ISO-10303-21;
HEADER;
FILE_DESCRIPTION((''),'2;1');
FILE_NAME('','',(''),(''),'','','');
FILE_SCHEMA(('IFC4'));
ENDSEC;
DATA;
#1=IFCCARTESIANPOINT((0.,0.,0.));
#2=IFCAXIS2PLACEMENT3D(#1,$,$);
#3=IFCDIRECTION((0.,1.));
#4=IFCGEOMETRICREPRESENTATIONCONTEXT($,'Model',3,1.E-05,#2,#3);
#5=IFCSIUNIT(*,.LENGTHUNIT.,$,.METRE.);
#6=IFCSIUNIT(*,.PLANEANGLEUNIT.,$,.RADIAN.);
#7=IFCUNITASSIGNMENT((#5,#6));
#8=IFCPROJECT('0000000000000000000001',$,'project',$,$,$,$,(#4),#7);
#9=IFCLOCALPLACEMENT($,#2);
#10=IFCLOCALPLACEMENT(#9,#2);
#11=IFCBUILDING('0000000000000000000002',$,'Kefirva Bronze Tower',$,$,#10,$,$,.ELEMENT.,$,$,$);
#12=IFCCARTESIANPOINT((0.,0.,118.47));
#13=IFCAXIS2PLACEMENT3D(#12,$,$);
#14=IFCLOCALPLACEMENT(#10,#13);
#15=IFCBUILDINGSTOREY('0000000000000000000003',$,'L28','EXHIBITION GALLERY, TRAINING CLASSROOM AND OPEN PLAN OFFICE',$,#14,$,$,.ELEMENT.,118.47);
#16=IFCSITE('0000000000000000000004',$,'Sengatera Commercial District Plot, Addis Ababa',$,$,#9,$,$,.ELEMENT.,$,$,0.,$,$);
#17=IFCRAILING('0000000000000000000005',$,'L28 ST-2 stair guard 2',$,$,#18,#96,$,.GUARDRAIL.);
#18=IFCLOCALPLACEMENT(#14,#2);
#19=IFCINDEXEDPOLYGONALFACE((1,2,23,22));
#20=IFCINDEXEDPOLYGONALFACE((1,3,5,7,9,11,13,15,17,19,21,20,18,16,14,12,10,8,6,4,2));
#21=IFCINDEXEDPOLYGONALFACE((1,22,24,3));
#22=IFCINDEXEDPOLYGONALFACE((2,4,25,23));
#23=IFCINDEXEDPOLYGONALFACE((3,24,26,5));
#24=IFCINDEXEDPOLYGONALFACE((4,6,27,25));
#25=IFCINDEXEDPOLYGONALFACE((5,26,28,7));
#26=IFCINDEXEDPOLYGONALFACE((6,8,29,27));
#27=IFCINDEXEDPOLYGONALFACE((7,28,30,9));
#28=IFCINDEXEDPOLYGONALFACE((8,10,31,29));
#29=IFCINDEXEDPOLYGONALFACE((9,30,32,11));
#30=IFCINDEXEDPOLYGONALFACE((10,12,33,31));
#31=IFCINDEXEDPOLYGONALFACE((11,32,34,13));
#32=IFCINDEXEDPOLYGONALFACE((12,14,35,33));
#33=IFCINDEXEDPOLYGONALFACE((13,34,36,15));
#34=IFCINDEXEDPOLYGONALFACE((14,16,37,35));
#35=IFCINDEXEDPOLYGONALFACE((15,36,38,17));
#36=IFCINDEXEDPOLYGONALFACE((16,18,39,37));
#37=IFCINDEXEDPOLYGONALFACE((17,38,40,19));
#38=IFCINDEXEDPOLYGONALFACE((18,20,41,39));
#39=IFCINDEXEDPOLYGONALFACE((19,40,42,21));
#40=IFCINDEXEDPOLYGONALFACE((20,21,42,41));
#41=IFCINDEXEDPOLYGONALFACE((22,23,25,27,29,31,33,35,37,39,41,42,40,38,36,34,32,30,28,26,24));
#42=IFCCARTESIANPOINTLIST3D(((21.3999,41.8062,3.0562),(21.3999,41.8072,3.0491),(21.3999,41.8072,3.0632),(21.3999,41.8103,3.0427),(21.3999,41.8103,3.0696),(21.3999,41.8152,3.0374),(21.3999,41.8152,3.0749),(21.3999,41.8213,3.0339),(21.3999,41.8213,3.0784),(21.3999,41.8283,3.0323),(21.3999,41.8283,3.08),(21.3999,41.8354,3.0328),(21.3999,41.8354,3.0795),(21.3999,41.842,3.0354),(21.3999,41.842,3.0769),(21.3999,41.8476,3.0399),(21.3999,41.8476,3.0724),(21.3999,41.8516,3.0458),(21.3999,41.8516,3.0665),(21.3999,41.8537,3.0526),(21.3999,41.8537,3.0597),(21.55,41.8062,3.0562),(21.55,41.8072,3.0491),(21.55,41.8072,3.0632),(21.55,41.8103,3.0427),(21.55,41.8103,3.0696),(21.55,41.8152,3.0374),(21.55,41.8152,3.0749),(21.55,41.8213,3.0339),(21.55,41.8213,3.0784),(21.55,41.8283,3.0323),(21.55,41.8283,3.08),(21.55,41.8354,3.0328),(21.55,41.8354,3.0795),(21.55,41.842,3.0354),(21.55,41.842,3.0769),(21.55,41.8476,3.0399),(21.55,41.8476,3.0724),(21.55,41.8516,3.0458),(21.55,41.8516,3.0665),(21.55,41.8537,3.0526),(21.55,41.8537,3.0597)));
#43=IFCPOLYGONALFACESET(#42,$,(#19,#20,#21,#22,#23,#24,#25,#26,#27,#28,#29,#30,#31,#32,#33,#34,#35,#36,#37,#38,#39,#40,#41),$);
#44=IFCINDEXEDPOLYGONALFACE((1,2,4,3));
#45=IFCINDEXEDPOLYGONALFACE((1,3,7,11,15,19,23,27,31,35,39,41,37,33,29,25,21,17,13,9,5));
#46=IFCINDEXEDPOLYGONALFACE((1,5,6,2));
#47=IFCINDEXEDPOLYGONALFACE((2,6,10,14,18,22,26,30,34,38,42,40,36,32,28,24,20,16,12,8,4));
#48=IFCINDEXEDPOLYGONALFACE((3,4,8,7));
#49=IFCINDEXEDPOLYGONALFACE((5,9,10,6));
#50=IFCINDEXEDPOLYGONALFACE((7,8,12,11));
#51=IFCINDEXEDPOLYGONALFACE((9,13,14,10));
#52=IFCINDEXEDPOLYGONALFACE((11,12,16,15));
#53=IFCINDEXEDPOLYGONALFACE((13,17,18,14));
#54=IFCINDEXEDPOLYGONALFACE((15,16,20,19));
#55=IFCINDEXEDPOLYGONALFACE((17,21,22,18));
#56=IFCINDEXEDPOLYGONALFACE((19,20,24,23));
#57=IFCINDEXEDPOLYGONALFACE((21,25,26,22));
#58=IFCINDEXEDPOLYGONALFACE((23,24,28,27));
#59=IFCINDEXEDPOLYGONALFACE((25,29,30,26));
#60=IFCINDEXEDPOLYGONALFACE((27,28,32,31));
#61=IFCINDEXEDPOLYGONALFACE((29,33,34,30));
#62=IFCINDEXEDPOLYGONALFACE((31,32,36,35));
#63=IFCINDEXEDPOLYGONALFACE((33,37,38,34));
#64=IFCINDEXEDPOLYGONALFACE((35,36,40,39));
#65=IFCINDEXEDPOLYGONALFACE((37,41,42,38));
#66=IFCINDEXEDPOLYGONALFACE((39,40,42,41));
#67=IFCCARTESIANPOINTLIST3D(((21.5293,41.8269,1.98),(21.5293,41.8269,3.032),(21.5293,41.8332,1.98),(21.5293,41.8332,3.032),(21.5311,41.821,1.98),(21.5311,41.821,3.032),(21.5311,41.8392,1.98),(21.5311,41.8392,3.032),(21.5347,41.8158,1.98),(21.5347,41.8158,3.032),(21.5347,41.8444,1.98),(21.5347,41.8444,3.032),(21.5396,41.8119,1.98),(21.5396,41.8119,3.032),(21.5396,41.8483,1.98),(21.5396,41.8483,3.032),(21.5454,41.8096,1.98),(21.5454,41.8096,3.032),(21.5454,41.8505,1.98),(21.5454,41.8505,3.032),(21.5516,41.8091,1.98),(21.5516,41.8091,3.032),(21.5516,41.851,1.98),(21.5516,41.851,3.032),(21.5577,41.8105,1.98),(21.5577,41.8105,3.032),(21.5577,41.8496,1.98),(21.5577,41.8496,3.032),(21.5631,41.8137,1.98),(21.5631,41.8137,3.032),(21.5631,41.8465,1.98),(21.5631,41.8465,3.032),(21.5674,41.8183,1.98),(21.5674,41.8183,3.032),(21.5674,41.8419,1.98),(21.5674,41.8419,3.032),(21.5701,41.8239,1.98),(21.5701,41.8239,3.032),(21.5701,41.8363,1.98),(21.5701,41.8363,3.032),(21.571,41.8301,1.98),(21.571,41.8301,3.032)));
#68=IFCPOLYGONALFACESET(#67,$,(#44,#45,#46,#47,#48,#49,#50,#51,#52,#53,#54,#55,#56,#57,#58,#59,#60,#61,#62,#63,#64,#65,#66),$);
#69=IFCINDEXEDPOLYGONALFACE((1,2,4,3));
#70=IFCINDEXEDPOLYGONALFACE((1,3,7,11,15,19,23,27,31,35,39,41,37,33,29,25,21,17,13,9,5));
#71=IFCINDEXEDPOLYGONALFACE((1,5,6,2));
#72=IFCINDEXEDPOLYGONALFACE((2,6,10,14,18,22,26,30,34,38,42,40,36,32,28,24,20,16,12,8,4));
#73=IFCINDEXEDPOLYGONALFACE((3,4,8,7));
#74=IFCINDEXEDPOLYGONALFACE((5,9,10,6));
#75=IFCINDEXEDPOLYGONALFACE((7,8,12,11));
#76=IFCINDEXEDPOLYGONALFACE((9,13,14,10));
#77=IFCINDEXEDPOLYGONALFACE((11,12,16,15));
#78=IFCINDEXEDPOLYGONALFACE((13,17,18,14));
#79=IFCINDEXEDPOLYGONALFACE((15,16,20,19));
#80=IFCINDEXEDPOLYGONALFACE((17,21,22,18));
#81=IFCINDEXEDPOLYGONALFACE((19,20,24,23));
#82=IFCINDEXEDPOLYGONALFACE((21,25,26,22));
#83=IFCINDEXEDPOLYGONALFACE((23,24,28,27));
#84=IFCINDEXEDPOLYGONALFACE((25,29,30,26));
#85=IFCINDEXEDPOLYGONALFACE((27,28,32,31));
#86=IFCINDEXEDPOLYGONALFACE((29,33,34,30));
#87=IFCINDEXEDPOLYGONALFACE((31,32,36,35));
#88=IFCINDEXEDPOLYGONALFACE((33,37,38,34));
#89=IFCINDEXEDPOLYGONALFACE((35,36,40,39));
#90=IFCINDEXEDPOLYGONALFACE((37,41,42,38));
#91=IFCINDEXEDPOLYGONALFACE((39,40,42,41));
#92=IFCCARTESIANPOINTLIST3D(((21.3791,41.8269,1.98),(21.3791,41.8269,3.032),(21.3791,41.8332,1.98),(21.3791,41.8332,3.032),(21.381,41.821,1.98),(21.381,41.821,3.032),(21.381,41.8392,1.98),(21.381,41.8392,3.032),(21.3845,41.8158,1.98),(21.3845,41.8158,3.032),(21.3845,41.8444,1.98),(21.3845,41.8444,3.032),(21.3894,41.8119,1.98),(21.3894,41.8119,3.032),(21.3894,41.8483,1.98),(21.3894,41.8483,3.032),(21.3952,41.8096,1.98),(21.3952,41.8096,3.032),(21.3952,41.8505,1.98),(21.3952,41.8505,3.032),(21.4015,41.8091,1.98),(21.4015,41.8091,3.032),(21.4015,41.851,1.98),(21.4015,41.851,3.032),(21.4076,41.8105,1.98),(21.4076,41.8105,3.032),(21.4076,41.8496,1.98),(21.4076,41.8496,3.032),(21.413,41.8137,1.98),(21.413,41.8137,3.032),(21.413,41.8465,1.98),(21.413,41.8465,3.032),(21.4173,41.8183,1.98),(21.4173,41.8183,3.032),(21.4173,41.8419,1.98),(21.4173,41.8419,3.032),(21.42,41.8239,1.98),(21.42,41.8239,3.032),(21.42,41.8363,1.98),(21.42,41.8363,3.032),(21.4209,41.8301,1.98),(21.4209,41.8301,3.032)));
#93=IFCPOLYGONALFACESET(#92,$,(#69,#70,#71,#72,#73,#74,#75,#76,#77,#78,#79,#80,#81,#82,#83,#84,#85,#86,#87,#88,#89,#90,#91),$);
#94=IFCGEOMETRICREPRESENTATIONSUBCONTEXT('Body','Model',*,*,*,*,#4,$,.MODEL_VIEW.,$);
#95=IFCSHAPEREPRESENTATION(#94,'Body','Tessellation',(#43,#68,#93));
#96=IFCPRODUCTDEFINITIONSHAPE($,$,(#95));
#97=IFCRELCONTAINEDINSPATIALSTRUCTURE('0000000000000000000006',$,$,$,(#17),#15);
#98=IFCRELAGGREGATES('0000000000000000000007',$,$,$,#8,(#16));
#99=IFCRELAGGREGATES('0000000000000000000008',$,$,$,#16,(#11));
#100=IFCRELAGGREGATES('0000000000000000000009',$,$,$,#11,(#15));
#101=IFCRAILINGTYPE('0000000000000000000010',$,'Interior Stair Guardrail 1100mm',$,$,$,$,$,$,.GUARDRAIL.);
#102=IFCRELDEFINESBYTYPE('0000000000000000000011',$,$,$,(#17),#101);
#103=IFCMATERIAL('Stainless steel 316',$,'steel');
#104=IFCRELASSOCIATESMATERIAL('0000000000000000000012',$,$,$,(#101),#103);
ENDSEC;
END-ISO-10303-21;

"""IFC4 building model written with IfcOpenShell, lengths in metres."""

from ifc_helpers import new_model, si_unit, direction, frame, origin, origin_2d, place, context, subcontext, project, spatial, circle, extrude, material, type_object, element, save


model = new_model("IFC4")

# Units and contexts
model_context = context("Model", 3, precision=1e-05, world=origin(), true_north=direction((0.0, 1.0)))
body_context = subcontext(model_context, "Body", "Model", "MODEL_VIEW")
ifc_project = project(units=[si_unit("LENGTHUNIT", "METRE"), si_unit("PLANEANGLEUNIT", "RADIAN")], contexts=[model_context])

# Site, building, storey
site_placement = place(None, origin())
site = spatial("IfcSite", under=ifc_project, at=site_placement, Name="Sengatera Commercial District Plot, Addis Ababa", CompositionType="ELEMENT", RefElevation=0.0)
building_placement = place(site_placement, origin())
building = spatial("IfcBuilding", under=site, at=building_placement, Name="Kefirva Bronze Tower", CompositionType="ELEMENT")
storey_placement = place(building_placement, frame((0.0, 0.0, 118.47)))
storey = spatial("IfcBuildingStorey", under=building, at=storey_placement, Name="L28", Description="EXHIBITION GALLERY, TRAINING CLASSROOM AND OPEN PLAN OFFICE", CompositionType="ELEMENT", Elevation=118.47)

# Railing
ifc_material_1 = material(Name="Stainless steel 316", Category="steel")
railing_type_1 = type_object("IfcRailingType", Name="Interior Stair Guardrail 1100mm", PredefinedType="GUARDRAIL", material=ifc_material_1)
railing_1_placement = place(storey_placement, frame((21.55, 41.8301, 1.98)))
element("IfcRailing", 1, at=railing_1_placement, inside=storey, type_object=railing_type_1, Name="L28 ST-2 stair guard 2", PredefinedType="GUARDRAIL", context=body_context, shape_type="SweptSolid", body=[
    extrude(circle(Radius=0.0239, at=origin_2d()), frame((0.0, 0.0, 1.0762), z_axis=(-1.0, 0.0, 0.0), x_axis=(0.0, -1.0, 0.0)), (0.0, 0.0, 1.0), 0.1501),
    extrude(circle(Radius=0.021, at=origin_2d()), origin(), (0.0, 0.0, 1.0), 1.052),
    extrude(circle(Radius=0.021, at=origin_2d()), frame((-0.1501, 0.0, 0.0)), (0.0, 0.0, 1.0), 1.052),
])

save(model, "model.ifc")
